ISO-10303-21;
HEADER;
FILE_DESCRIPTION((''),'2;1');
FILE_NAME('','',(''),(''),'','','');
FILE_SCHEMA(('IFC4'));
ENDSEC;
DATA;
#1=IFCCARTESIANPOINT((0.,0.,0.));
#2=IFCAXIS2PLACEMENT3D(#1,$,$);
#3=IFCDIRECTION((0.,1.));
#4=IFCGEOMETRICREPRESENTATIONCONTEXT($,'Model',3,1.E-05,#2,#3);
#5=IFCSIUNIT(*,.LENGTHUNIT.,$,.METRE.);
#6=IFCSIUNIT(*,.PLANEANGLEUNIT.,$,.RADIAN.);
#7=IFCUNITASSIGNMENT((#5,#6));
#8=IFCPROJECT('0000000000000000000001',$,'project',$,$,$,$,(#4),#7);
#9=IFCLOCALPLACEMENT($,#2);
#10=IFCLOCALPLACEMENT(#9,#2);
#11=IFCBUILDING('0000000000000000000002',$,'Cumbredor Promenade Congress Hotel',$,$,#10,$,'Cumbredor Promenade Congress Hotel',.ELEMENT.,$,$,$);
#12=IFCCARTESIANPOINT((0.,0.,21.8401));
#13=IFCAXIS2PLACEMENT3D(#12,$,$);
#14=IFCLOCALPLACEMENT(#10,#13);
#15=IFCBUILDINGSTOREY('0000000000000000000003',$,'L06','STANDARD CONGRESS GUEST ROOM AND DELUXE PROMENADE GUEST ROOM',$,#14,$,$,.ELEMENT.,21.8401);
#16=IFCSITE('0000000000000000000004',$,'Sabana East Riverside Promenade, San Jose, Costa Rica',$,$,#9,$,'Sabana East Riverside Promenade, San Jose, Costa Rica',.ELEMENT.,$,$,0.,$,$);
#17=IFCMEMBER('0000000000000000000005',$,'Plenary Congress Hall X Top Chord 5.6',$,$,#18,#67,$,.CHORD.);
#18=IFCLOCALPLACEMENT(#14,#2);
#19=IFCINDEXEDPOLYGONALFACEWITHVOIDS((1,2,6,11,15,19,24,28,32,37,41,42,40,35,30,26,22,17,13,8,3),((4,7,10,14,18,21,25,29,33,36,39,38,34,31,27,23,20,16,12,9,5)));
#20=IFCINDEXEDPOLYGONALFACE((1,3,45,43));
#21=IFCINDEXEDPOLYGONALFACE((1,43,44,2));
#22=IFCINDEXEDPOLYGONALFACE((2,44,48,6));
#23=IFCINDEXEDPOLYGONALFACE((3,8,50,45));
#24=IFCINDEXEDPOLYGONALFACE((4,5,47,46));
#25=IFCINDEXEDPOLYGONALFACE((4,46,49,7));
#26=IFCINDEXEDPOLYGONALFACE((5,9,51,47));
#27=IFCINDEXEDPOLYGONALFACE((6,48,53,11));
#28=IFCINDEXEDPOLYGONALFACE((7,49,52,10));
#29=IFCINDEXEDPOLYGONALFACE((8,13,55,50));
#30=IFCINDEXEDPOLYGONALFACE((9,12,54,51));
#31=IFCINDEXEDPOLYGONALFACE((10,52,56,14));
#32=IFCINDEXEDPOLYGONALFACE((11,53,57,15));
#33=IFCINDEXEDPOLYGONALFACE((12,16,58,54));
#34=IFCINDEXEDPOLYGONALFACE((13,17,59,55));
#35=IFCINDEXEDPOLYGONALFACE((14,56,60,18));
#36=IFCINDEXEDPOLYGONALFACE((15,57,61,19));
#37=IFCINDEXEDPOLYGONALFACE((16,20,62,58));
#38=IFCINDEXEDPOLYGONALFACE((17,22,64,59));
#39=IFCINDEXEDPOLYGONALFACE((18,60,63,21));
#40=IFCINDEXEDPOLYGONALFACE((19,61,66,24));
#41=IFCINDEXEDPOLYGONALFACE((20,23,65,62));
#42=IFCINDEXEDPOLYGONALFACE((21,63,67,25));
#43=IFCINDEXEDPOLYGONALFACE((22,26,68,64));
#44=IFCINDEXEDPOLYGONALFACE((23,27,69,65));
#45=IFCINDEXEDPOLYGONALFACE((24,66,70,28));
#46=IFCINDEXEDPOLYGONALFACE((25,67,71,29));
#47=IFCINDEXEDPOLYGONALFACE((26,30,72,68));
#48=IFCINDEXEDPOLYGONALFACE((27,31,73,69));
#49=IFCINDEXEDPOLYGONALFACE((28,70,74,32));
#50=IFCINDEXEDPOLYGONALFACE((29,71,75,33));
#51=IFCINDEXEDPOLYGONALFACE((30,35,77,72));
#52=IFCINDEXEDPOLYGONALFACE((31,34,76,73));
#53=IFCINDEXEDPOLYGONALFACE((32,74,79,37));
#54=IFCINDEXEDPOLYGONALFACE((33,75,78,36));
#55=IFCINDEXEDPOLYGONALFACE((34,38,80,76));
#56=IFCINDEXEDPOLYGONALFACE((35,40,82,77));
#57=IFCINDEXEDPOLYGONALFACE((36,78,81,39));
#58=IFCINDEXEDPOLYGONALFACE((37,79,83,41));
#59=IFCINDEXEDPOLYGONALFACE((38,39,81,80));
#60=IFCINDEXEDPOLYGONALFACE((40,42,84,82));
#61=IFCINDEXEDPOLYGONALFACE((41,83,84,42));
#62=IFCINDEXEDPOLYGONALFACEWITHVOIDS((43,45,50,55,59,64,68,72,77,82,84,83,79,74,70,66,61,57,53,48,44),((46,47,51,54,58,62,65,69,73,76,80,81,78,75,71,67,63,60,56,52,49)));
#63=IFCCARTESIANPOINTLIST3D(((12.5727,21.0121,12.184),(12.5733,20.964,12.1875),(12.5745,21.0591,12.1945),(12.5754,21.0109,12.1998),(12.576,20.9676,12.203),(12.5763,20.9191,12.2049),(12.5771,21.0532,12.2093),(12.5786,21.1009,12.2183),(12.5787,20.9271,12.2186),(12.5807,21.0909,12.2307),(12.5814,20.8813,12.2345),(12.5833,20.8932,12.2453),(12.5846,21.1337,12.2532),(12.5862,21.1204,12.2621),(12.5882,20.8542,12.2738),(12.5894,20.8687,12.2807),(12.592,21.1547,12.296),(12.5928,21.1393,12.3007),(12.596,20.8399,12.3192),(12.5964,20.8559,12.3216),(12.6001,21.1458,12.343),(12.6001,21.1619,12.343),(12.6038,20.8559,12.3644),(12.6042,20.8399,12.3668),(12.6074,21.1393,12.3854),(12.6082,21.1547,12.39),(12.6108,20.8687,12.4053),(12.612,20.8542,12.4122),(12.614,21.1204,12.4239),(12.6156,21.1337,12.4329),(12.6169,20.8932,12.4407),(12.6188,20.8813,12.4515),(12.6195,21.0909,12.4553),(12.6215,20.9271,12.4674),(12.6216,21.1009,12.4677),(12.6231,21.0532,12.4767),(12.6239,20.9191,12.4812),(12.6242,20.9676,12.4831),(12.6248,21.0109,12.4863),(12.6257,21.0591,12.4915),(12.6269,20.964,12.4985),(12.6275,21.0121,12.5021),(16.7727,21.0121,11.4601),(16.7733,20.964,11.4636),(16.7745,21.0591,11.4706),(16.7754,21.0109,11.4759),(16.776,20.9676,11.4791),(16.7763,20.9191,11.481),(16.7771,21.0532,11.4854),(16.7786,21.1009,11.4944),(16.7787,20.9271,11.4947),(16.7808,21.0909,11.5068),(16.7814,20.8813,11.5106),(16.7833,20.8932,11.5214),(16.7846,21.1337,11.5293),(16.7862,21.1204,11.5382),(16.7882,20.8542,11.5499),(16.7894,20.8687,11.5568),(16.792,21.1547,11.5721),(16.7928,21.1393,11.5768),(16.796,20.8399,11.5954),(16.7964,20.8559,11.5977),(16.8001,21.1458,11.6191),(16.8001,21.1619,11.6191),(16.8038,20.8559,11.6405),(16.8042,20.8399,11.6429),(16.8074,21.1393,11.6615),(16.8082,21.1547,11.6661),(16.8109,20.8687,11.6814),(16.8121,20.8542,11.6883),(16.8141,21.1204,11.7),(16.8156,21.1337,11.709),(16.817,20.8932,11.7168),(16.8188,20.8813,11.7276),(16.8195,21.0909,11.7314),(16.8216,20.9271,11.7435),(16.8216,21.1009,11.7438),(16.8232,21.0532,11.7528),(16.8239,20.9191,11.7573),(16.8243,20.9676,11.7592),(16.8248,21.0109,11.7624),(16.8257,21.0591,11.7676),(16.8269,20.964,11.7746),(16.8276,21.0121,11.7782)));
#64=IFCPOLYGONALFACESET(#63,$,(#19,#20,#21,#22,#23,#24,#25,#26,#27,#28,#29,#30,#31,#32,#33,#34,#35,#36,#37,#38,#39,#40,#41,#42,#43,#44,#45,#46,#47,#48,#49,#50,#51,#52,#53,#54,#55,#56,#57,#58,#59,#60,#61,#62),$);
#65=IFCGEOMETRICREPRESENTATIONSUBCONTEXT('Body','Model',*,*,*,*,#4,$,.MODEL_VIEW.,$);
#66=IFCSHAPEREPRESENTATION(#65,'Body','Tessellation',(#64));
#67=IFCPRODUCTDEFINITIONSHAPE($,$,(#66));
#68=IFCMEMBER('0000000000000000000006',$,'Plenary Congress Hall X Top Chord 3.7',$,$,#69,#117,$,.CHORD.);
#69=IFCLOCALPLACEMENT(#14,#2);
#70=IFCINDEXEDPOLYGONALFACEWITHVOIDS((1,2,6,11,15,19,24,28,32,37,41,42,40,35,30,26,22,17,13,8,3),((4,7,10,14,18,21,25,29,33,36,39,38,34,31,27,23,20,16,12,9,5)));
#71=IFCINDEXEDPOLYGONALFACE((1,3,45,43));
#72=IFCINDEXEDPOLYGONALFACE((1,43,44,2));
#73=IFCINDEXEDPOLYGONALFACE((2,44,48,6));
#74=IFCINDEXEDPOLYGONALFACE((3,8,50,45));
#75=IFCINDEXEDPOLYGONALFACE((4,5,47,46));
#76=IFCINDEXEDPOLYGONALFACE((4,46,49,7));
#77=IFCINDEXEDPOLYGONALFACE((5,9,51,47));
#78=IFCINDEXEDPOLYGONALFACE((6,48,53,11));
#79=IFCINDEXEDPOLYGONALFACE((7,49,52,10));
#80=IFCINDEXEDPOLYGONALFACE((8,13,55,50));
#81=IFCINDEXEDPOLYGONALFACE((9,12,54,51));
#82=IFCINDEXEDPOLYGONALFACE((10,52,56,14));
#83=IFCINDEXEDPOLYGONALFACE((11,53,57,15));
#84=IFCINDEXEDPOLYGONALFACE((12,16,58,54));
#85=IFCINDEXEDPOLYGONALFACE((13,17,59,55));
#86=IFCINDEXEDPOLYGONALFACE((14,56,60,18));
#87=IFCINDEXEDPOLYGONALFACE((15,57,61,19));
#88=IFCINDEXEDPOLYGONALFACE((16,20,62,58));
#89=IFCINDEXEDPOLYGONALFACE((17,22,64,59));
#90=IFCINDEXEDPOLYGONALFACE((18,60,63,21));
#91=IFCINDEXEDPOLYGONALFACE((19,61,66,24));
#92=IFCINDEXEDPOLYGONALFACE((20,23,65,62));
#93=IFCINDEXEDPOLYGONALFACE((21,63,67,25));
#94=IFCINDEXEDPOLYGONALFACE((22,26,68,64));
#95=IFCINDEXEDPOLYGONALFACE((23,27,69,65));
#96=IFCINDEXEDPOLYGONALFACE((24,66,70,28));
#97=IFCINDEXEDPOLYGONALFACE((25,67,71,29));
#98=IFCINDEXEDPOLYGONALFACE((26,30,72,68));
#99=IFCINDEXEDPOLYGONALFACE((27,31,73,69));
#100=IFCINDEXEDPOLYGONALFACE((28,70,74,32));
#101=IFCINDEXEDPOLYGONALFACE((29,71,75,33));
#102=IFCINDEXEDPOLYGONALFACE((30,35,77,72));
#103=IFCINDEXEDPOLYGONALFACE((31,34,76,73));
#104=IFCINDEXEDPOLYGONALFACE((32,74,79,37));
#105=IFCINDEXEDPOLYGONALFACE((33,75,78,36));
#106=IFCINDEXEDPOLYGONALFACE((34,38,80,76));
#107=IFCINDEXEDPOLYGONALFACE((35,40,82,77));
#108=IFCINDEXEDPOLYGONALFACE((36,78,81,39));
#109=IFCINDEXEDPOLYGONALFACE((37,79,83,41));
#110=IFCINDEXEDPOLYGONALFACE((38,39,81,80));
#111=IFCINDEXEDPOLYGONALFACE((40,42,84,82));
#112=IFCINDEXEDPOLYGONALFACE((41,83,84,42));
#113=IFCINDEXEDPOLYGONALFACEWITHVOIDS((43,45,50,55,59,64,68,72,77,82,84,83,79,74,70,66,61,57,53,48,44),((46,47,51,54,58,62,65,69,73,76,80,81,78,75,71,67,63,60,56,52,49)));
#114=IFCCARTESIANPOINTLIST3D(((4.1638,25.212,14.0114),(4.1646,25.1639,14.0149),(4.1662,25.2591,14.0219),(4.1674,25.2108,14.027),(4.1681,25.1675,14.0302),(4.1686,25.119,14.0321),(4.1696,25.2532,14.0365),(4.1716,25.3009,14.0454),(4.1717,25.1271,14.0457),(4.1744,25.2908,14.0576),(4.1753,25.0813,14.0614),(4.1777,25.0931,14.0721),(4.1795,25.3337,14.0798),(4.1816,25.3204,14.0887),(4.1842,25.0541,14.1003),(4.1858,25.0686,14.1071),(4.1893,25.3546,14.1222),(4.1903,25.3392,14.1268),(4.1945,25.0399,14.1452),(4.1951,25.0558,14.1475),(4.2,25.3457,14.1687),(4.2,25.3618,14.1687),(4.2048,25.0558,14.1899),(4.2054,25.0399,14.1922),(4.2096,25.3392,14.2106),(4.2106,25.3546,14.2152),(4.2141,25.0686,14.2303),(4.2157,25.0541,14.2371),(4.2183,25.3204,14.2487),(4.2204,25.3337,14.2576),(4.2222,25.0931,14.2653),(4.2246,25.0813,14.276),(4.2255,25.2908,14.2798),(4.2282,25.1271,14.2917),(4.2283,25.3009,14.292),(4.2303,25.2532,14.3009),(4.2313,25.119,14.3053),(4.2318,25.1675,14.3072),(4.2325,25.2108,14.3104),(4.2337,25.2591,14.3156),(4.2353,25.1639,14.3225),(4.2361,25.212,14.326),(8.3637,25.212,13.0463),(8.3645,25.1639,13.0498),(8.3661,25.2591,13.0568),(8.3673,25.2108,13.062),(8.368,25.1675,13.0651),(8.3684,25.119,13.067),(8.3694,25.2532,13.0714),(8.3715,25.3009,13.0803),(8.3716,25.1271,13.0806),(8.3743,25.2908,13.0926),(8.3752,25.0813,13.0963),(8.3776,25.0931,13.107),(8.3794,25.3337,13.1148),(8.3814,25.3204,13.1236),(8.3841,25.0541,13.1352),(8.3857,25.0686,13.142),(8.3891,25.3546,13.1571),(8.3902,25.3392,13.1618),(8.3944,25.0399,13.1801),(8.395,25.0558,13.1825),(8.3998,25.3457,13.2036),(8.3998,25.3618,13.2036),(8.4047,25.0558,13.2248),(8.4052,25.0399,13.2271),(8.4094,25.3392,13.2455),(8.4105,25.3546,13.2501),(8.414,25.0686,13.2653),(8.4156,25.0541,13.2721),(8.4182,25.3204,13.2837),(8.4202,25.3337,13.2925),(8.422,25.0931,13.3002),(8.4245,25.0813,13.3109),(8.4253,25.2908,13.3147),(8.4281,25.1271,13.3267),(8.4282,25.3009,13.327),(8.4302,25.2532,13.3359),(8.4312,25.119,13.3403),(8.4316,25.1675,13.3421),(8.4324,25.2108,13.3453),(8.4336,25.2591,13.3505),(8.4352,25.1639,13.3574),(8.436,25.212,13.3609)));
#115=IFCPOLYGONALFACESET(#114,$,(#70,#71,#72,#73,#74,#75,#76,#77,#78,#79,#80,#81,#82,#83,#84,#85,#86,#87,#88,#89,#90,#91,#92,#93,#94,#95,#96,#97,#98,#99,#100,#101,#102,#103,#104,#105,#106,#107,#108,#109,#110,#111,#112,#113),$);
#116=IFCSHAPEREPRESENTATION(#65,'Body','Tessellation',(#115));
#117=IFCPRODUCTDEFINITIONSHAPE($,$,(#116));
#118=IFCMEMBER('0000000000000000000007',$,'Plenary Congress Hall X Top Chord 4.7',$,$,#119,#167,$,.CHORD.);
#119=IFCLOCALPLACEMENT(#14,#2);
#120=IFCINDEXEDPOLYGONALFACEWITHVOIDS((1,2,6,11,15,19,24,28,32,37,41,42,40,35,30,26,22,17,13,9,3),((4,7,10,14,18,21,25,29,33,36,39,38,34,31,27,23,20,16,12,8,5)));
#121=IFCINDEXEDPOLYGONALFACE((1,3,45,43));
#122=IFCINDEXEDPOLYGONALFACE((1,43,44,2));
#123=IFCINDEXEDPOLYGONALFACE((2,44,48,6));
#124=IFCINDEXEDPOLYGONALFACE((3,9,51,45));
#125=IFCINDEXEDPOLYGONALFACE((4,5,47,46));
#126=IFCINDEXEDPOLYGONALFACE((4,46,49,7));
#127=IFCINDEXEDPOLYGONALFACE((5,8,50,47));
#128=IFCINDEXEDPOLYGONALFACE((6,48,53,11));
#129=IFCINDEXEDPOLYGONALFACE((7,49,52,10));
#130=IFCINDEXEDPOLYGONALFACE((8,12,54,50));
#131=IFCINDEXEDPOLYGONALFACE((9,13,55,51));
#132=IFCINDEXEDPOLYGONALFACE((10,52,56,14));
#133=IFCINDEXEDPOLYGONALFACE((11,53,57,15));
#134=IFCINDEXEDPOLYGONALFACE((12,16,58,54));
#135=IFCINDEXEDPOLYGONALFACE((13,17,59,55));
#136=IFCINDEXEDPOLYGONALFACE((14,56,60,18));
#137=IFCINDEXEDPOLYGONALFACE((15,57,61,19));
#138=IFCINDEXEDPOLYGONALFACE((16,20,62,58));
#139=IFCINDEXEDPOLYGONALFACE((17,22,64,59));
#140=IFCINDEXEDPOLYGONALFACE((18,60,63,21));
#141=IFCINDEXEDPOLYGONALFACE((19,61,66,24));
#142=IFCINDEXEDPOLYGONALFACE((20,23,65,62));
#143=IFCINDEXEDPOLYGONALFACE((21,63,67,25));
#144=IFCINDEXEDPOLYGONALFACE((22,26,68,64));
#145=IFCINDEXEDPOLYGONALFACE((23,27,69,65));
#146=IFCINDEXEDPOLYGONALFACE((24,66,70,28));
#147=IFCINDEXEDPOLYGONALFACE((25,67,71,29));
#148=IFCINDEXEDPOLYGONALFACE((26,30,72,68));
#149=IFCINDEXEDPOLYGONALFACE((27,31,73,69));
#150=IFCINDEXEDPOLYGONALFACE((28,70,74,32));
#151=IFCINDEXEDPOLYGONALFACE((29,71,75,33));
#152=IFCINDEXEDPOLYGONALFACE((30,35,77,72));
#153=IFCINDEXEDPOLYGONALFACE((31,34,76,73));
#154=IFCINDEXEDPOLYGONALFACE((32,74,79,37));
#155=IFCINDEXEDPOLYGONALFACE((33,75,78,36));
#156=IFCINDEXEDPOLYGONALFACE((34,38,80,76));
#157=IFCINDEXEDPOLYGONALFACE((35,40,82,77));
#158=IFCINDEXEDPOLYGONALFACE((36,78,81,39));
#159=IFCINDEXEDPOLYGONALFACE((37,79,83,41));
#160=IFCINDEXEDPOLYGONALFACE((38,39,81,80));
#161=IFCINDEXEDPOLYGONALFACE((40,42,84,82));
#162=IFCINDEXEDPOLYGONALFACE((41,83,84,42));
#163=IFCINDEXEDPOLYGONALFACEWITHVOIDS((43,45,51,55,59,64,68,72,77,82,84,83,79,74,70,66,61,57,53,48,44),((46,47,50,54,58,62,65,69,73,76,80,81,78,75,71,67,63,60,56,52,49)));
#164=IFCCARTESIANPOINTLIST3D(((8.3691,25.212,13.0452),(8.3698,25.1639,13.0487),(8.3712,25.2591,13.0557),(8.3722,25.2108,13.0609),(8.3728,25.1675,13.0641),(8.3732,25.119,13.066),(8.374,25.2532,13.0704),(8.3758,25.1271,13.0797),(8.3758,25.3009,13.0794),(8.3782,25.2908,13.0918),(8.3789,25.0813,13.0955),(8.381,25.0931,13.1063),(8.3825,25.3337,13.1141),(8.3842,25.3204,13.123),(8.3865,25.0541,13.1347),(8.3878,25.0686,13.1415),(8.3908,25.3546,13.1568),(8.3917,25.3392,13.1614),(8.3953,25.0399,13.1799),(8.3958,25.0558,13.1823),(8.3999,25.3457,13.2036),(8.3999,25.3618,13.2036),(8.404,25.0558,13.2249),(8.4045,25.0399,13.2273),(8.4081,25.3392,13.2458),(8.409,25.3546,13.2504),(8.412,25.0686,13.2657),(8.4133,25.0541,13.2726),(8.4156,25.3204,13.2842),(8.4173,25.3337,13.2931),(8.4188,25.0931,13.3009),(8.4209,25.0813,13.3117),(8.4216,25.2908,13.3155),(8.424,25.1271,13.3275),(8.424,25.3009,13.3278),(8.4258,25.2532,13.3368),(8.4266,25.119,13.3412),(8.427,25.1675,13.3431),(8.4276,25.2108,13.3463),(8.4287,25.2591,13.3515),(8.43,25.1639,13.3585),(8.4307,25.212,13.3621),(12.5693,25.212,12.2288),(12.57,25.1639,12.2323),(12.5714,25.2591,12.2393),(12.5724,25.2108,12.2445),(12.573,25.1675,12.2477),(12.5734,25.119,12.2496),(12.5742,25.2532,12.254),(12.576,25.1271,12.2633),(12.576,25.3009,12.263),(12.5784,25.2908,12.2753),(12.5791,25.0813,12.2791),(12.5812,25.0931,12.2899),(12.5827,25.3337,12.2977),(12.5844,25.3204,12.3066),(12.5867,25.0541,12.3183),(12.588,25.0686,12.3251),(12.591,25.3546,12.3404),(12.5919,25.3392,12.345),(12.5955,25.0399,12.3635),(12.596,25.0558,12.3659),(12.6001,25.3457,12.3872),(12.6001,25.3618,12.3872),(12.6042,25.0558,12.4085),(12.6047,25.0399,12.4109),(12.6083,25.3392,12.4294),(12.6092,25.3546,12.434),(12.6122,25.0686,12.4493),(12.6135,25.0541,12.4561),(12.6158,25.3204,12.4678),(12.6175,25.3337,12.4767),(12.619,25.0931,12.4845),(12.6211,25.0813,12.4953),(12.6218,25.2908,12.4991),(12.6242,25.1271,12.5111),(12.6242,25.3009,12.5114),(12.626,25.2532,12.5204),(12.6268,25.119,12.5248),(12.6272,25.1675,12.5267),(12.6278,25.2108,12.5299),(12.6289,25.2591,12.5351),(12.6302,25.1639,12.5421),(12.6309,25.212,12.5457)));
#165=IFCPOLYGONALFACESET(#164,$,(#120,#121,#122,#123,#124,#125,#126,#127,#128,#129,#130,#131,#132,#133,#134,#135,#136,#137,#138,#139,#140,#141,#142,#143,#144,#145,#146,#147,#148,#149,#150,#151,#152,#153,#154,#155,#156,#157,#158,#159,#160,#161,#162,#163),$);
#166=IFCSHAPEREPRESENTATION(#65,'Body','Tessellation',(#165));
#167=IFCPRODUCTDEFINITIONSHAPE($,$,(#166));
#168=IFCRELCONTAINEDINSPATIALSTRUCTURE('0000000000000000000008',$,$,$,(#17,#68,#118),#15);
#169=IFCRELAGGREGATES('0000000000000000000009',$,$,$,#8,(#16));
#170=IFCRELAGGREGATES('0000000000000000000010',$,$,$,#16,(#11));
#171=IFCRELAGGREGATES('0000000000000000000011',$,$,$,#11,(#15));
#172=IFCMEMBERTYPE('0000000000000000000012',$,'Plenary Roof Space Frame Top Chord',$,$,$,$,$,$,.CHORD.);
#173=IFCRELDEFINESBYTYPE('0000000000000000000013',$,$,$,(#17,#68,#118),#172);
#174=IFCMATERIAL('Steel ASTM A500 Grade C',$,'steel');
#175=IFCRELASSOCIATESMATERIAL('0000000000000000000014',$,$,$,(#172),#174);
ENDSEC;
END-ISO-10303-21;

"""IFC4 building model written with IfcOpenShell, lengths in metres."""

from ifc_helpers import new_model, si_unit, direction, frame, origin, origin_2d, place, context, subcontext, project, spatial, hollow_circle, extrude, material, material_profile, profile_set, type_object, element, save


model = new_model("IFC4")

# Units and contexts
model_context = context("Model", 3, precision=1e-05, world=origin(), true_north=direction((0.0, 1.0)))
body_context = subcontext(model_context, "Body", "Model", "MODEL_VIEW")
ifc_project = project(units=[si_unit("LENGTHUNIT", "METRE"), si_unit("PLANEANGLEUNIT", "RADIAN")], contexts=[model_context])

# Site, building, storey
site_placement = place(None, origin())
site = spatial("IfcSite", under=ifc_project, at=site_placement, Name="Sabana East Riverside Promenade, San Jose, Costa Rica", LongName="Sabana East Riverside Promenade, San Jose, Costa Rica", CompositionType="ELEMENT", RefElevation=0.0)
building_placement = place(site_placement, origin())
building = spatial("IfcBuilding", under=site, at=building_placement, Name="Cumbredor Promenade Congress Hotel", LongName="Cumbredor Promenade Congress Hotel", CompositionType="ELEMENT")
storey_placement = place(building_placement, frame((0.0, 0.0, 21.8401)))
storey = spatial("IfcBuildingStorey", under=building, at=storey_placement, Name="L06", Description="STANDARD CONGRESS GUEST ROOM AND DELUXE PROMENADE GUEST ROOM", CompositionType="ELEMENT", Elevation=21.8401)

# Members
ifc_material_1 = material(Name="Steel ASTM A500 Grade C", Category="steel")
ifc_material_profile_1 = material_profile(ifc_material_1, hollow_circle(Radius=0.1619, WallThickness=0.0161, at=origin_2d()), Name="CHS 323.9x16")
ifc_profile_set_1 = profile_set([ifc_material_profile_1], Name="Steel ASTM A500 Grade C")
member_type_1 = type_object("IfcMemberType", Name="Plenary Roof Space Frame Top Chord", PredefinedType="CHORD", material=ifc_profile_set_1)
member_1_placement = place(storey_placement, frame((12.6001, 21.0, 12.343), z_axis=(0.98547, 0.0, -0.169849), x_axis=(0.0, 1.0, 0.0)))
element("IfcMember", 1, at=member_1_placement, inside=storey, type_object=member_type_1, Name="Plenary Congress Hall X Top Chord 5.6", PredefinedType="CHORD", context=body_context, shape_type="SweptSolid", body=[
    extrude(hollow_circle(Radius=0.1619, WallThickness=0.0161, at=origin_2d()), origin(), (0.0, 0.0, 1.0), 4.262),
])
member_2_placement = place(storey_placement, frame((4.2, 25.2, 14.1687), z_axis=(0.974601, 0.0, -0.223949), x_axis=(0.0, 1.0, 0.0)))
element("IfcMember", 2, at=member_2_placement, inside=storey, type_object=member_type_1, Name="Plenary Congress Hall X Top Chord 3.7", PredefinedType="CHORD", context=body_context, shape_type="SweptSolid", body=[
    extrude(hollow_circle(Radius=0.1619, WallThickness=0.0161, at=origin_2d()), origin(), (0.0, 0.0, 1.0), 4.3093),
])
member_3_placement = place(storey_placement, frame((8.3999, 25.2, 13.2036), z_axis=(0.981628, 0.0, -0.190802), x_axis=(0.0, 1.0, 0.0)))
element("IfcMember", 3, at=member_3_placement, inside=storey, type_object=member_type_1, Name="Plenary Congress Hall X Top Chord 4.7", PredefinedType="CHORD", context=body_context, shape_type="SweptSolid", body=[
    extrude(hollow_circle(Radius=0.1619, WallThickness=0.0161, at=origin_2d()), origin(), (0.0, 0.0, 1.0), 4.2788),
])

save(model, "model.ifc")
